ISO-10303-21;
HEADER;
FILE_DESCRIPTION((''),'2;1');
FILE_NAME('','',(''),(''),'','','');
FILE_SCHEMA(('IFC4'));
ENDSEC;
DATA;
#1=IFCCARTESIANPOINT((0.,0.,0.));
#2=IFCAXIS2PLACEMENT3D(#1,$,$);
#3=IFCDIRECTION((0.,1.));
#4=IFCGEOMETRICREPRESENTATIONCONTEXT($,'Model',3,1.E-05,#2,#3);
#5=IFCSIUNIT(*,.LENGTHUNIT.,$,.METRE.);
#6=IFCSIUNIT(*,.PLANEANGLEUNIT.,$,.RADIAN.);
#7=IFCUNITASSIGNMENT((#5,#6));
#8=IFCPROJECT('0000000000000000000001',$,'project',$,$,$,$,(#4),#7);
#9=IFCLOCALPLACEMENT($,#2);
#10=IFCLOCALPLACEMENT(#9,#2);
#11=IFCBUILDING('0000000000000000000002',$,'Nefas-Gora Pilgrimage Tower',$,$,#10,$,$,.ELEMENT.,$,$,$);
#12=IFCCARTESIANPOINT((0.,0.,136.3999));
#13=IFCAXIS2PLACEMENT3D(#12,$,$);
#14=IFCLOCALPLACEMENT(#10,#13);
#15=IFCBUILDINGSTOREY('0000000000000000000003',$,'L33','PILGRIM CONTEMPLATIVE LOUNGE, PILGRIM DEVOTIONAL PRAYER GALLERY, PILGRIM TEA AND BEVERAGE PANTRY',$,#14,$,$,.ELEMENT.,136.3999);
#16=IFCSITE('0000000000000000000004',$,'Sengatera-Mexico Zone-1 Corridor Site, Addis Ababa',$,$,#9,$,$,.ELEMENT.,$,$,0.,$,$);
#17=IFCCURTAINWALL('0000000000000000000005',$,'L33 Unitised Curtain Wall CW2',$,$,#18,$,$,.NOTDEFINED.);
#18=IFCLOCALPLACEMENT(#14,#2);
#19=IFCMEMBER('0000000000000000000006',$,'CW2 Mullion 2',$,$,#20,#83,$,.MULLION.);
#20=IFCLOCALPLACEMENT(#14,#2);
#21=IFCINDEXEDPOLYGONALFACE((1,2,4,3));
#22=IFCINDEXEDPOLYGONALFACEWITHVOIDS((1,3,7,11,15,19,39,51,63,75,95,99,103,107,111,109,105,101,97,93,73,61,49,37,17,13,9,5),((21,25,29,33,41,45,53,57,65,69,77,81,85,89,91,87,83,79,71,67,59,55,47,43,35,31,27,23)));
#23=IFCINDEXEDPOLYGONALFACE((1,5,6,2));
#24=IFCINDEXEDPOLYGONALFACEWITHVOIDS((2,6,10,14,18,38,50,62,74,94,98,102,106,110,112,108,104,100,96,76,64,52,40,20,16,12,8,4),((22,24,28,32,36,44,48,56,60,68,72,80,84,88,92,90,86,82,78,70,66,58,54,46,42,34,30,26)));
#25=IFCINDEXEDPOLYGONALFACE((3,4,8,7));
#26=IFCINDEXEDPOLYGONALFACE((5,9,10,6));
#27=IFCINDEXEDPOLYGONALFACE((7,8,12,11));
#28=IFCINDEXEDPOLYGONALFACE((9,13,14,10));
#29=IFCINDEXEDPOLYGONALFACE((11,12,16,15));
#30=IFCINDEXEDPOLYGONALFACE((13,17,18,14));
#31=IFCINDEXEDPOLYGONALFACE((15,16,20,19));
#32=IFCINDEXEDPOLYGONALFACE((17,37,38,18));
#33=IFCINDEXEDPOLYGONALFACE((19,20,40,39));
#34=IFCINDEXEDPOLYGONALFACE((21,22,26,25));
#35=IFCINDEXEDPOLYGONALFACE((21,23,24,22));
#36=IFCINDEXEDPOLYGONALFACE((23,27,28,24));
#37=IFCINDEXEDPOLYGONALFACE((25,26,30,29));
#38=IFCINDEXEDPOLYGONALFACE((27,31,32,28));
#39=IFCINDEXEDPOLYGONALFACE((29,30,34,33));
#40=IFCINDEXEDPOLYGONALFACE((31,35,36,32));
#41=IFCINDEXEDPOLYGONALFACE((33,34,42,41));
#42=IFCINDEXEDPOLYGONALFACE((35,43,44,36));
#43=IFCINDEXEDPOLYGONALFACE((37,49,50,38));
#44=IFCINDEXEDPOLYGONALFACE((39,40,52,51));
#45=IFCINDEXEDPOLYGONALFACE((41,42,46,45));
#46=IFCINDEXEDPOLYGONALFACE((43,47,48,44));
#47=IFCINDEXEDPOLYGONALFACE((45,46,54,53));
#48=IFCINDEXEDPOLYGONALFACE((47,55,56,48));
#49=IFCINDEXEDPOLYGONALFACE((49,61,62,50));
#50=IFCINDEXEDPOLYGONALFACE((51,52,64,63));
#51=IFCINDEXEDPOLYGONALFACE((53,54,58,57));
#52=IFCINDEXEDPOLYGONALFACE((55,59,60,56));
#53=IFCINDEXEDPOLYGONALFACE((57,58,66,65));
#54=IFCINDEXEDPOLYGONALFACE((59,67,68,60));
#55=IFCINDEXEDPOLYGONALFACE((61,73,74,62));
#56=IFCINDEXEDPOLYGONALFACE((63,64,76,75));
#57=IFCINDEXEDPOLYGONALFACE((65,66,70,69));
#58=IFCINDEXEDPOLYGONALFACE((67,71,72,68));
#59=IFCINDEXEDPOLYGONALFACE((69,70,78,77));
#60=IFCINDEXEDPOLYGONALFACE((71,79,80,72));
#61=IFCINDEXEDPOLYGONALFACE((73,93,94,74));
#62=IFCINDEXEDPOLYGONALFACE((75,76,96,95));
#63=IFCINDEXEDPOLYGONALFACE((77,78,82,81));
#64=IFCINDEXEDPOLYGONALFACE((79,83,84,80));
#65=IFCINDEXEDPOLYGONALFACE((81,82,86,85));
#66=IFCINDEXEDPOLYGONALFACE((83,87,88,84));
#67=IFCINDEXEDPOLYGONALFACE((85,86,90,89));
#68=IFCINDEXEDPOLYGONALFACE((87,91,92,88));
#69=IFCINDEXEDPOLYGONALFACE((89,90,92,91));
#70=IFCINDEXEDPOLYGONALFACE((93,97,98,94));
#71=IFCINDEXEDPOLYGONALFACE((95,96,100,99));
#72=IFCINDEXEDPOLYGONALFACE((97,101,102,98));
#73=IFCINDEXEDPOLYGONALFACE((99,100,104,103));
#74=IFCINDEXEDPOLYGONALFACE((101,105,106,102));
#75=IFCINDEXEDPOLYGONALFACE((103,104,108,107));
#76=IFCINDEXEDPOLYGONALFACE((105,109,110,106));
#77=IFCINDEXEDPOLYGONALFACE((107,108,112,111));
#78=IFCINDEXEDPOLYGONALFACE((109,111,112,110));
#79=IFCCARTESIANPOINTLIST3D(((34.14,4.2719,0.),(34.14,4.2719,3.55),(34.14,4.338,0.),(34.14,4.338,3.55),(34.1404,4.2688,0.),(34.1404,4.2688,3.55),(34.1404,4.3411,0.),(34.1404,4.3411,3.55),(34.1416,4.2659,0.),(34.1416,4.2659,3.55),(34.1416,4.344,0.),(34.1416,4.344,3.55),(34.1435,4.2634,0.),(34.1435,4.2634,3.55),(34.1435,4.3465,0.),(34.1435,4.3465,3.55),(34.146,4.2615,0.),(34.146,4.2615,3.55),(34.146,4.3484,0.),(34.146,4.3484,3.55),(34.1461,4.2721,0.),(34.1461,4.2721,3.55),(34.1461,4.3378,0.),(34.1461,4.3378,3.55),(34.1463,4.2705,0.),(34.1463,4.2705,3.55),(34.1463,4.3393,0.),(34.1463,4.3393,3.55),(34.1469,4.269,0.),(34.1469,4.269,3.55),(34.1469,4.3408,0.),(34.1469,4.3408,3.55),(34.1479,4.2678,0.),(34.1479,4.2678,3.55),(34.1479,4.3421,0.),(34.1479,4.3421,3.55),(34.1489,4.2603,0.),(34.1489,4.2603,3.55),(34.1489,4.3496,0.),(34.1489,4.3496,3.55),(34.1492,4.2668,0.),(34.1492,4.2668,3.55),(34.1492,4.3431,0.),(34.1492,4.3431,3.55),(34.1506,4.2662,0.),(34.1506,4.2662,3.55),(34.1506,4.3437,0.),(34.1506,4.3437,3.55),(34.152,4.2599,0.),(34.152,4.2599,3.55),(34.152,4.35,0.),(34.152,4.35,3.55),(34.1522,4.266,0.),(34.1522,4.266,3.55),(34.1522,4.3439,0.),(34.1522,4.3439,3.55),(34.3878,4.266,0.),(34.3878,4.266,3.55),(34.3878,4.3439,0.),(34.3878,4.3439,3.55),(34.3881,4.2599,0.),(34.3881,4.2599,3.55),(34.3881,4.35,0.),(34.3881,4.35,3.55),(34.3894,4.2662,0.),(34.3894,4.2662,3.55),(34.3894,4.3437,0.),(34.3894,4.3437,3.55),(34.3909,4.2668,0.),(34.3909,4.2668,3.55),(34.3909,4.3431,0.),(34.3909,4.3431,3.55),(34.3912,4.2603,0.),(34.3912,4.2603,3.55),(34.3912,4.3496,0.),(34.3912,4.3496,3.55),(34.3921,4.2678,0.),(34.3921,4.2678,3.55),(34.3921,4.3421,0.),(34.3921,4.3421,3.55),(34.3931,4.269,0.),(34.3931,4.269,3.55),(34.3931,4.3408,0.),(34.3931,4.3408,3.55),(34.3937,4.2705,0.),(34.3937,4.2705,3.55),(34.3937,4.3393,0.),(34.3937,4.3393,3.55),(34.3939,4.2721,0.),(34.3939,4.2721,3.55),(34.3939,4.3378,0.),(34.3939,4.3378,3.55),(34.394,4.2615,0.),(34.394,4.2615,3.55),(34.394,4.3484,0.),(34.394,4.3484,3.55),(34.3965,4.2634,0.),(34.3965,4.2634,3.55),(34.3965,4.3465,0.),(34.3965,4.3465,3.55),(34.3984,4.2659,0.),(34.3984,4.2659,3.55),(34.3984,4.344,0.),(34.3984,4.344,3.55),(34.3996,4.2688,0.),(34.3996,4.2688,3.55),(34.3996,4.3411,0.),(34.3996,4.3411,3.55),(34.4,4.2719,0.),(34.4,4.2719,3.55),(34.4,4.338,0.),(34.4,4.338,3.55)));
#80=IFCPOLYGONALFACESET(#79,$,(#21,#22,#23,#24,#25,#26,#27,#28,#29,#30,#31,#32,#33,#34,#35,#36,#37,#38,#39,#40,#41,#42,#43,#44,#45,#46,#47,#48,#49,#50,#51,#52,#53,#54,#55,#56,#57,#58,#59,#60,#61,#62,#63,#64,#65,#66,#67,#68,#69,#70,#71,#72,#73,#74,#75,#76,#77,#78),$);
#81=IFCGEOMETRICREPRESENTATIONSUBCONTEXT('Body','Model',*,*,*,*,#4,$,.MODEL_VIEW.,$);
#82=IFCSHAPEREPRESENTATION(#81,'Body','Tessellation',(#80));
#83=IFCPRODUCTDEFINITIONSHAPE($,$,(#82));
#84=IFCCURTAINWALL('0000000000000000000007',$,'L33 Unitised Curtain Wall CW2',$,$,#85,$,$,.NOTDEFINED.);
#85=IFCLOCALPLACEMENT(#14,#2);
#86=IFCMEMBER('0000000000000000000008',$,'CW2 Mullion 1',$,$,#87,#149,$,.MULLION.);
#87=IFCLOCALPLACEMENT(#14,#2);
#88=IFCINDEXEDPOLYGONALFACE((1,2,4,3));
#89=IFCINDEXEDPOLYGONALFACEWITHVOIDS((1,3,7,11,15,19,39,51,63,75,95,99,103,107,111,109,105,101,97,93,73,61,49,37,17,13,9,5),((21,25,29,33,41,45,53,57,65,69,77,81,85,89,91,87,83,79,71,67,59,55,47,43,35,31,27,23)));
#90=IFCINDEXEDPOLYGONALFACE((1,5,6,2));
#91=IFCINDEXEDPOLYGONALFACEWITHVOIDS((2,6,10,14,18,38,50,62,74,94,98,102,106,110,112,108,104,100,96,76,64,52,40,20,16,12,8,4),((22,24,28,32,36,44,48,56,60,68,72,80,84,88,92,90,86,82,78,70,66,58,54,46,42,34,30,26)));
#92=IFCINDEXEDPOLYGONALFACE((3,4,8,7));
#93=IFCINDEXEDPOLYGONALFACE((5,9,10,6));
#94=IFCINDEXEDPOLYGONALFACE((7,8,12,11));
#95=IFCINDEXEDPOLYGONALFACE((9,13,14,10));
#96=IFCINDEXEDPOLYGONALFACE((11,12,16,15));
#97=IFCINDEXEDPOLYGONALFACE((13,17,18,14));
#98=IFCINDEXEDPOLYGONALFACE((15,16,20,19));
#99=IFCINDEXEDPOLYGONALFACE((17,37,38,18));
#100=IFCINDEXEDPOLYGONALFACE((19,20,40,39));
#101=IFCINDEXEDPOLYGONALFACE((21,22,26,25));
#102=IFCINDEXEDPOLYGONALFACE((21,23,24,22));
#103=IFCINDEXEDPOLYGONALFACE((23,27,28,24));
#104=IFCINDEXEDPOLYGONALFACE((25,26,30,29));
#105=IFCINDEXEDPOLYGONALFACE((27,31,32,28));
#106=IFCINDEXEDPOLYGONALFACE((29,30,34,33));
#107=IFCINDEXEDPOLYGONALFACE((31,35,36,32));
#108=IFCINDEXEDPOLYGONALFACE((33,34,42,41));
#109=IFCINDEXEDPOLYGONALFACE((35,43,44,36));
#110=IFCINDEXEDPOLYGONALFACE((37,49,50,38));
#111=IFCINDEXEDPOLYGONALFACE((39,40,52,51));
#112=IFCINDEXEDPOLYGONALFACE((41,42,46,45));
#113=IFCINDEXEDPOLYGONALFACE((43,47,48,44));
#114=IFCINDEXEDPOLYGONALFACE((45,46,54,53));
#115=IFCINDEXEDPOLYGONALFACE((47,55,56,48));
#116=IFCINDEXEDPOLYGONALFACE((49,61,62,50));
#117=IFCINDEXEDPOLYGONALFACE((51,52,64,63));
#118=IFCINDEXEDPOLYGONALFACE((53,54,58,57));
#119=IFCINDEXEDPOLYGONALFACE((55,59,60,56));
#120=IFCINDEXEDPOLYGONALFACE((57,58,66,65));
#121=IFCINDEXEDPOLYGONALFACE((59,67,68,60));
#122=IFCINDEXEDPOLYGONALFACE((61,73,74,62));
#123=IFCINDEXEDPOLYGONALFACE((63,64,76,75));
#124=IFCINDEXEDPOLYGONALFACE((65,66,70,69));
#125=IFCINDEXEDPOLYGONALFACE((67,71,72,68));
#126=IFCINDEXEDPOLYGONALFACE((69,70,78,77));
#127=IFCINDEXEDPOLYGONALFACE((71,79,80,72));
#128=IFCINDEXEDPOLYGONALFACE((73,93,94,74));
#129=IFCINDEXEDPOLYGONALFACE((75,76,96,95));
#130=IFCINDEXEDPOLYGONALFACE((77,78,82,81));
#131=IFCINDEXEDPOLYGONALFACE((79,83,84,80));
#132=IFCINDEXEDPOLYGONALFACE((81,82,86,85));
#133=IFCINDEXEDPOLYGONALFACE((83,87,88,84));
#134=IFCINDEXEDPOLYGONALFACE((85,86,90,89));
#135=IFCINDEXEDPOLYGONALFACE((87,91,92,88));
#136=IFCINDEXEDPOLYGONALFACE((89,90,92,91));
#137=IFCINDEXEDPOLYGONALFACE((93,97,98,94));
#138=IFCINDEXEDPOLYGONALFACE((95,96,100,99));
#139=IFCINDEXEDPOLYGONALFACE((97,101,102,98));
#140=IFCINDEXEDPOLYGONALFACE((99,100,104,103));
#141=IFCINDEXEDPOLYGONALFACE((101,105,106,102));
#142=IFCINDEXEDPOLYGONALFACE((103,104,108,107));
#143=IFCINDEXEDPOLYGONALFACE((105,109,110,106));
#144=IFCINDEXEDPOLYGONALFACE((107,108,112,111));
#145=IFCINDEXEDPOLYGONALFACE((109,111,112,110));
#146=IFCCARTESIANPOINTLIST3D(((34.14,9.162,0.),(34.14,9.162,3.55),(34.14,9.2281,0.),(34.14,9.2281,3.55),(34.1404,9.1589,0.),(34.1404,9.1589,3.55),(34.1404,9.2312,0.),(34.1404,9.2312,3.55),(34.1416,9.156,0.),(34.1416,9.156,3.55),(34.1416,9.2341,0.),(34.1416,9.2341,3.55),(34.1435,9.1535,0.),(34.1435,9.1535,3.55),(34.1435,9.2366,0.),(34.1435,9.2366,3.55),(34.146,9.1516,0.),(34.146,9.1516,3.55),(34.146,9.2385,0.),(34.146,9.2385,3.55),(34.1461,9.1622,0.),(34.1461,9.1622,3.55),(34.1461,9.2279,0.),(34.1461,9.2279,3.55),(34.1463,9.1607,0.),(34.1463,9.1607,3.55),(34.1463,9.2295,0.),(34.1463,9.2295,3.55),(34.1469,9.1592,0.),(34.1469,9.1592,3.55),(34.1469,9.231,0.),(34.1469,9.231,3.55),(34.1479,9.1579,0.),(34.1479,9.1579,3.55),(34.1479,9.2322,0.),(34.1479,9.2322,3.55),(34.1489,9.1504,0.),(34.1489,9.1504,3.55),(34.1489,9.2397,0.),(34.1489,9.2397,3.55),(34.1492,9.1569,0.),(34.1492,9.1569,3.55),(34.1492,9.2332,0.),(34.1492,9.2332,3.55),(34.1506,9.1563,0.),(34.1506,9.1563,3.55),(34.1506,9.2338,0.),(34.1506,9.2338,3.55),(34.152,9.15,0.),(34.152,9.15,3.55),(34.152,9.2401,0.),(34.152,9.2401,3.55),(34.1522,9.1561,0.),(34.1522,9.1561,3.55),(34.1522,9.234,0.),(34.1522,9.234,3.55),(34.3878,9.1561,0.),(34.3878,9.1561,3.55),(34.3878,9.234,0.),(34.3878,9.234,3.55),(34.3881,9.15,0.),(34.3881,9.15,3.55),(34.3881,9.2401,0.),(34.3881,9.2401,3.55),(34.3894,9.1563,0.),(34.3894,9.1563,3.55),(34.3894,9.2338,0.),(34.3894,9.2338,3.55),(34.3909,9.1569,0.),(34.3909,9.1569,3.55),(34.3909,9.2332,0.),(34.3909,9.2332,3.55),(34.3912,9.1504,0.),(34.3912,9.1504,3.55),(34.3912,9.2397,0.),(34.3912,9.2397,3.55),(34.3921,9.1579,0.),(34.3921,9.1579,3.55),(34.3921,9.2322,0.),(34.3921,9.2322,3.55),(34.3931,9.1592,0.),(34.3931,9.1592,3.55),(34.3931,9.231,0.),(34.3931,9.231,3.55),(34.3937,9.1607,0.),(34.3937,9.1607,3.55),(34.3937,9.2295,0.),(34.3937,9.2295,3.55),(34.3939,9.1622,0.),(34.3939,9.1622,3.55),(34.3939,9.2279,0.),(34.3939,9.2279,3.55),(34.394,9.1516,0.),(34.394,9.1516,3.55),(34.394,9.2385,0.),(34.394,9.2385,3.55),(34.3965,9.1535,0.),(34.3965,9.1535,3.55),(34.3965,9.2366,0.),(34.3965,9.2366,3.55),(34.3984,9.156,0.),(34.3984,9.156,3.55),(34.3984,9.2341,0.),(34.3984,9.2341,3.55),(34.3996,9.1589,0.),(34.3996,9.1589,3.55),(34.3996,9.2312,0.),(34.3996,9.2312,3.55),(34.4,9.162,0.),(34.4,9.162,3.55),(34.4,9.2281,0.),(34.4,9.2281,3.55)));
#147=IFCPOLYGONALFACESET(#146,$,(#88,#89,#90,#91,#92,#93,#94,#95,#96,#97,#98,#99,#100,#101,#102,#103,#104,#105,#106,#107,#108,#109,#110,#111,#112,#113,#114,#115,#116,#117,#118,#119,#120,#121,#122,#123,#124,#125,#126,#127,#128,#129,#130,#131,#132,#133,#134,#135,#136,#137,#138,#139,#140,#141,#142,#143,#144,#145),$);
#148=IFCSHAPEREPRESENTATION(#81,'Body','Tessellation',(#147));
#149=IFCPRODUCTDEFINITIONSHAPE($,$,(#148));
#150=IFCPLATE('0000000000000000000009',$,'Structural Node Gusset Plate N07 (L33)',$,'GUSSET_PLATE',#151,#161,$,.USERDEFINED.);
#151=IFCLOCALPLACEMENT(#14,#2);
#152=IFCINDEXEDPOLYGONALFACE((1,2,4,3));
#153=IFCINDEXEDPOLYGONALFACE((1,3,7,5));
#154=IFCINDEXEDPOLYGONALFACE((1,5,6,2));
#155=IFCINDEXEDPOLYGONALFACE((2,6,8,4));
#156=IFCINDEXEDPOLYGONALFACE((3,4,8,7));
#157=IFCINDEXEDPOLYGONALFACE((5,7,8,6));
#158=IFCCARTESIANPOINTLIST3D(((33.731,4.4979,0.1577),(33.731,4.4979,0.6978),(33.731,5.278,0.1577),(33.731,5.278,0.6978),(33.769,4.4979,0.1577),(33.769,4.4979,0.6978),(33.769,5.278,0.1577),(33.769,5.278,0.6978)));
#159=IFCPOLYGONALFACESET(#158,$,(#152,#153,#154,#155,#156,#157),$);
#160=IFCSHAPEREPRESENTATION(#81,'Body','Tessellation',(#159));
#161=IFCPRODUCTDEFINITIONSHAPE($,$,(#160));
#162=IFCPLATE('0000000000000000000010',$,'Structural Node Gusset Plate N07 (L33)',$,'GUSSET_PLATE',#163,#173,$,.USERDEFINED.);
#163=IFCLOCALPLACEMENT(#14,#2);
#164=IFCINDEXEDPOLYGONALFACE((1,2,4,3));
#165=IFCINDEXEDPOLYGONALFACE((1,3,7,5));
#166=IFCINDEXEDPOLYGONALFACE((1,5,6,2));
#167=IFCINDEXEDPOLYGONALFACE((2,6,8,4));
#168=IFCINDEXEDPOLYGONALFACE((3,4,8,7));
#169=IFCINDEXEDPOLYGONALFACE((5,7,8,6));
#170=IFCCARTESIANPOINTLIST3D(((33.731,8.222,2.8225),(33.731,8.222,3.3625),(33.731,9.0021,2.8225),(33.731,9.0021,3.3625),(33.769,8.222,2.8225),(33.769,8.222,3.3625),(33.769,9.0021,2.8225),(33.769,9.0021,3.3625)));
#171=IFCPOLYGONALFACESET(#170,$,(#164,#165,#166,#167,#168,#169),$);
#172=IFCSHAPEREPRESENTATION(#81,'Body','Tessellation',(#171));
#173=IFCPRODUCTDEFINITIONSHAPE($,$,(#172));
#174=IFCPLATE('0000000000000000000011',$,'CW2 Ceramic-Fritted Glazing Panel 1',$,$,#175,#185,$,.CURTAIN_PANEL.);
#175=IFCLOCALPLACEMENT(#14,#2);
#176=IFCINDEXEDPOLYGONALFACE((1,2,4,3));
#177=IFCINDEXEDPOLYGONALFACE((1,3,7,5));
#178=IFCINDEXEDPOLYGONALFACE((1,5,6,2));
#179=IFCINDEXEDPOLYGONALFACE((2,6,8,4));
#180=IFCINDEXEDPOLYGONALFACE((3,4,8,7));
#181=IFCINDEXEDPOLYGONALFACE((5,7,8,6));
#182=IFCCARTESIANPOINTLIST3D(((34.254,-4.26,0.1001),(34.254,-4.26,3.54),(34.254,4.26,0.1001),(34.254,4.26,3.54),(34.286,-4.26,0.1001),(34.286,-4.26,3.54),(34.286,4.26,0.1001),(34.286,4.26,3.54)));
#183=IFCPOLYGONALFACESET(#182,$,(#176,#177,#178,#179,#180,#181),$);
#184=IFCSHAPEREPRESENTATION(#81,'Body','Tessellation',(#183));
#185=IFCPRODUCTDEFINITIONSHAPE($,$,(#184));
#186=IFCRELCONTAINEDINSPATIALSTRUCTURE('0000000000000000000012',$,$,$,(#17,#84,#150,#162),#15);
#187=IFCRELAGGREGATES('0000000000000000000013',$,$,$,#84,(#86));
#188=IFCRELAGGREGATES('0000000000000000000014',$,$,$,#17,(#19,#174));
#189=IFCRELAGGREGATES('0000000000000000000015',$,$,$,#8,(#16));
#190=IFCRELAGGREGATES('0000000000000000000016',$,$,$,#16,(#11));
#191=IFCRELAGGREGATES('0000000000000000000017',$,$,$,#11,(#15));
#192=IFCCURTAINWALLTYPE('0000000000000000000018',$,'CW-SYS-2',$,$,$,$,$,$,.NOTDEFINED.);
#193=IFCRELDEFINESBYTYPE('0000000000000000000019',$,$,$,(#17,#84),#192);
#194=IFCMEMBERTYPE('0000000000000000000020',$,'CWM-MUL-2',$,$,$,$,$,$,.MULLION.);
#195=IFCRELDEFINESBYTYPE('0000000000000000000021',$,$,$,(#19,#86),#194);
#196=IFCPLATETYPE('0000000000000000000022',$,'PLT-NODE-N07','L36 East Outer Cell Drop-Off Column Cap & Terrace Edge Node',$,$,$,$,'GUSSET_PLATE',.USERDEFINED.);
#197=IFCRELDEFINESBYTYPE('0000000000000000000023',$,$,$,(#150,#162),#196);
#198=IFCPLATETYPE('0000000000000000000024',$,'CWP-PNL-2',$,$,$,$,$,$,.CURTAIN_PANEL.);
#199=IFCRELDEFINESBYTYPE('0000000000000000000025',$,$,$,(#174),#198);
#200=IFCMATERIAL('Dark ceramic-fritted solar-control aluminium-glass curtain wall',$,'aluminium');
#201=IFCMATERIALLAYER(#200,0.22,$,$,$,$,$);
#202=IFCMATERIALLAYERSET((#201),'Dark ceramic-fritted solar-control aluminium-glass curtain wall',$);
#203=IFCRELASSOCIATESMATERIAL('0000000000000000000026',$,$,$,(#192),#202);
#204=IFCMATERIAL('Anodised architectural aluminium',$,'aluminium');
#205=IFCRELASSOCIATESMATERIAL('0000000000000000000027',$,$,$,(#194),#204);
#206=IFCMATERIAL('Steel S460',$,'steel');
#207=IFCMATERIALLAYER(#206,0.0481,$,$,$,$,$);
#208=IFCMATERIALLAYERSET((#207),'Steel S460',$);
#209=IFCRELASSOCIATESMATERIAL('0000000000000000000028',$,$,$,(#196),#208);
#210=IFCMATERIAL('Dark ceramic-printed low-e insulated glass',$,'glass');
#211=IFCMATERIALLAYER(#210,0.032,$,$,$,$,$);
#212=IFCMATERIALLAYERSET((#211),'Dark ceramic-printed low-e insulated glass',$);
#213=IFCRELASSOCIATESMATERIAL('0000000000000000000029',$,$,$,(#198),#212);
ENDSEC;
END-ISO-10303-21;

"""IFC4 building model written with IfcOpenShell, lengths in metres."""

from ifc_helpers import new_model, si_unit, direction, frame, origin, origin_2d, place, context, subcontext, project, spatial, rectangle, hollow_rectangle, extrude, source, transform, mapped, material, layer, layer_set, material_profile, profile_set, type_object, element, aggregate, save


model = new_model("IFC4")

# Units and contexts
model_context = context("Model", 3, precision=1e-05, world=origin(), true_north=direction((0.0, 1.0)))
body_context = subcontext(model_context, "Body", "Model", "MODEL_VIEW")
ifc_project = project(units=[si_unit("LENGTHUNIT", "METRE"), si_unit("PLANEANGLEUNIT", "RADIAN")], contexts=[model_context])

# Site, building, storey
site_placement = place(None, origin())
site = spatial("IfcSite", under=ifc_project, at=site_placement, Name="Sengatera-Mexico Zone-1 Corridor Site, Addis Ababa", CompositionType="ELEMENT", RefElevation=0.0)
building_placement = place(site_placement, origin())
building = spatial("IfcBuilding", under=site, at=building_placement, Name="Nefas-Gora Pilgrimage Tower", CompositionType="ELEMENT")
storey_placement = place(building_placement, frame((0.0, 0.0, 136.3999)))
storey = spatial("IfcBuildingStorey", under=building, at=storey_placement, Name="L33", Description="PILGRIM CONTEMPLATIVE LOUNGE, PILGRIM DEVOTIONAL PRAYER GALLERY, PILGRIM TEA AND BEVERAGE PANTRY", CompositionType="ELEMENT", Elevation=136.3999)

# Shared definitions
ifc_material_1 = material(Name="Steel S460", Category="steel")

# Curtain walls, members
ifc_material_2 = material(Name="Dark ceramic-fritted solar-control aluminium-glass curtain wall", Category="aluminium")
ifc_layer_1 = layer(ifc_material_2, 0.22)
ifc_layer_set_1 = layer_set([ifc_layer_1], Name="Dark ceramic-fritted solar-control aluminium-glass curtain wall")
curtain_wall_type = type_object("IfcCurtainWallType", Name="CW-SYS-2", PredefinedType="NOTDEFINED", material=ifc_layer_set_1)
curtain_wall_1_placement = place(storey_placement, origin())
curtain_wall_1 = element("IfcCurtainWall", 1, at=curtain_wall_1_placement, inside=storey, type_object=curtain_wall_type, Name="L33 Unitised Curtain Wall CW2", PredefinedType="NOTDEFINED")
ifc_material_3 = material(Name="Anodised architectural aluminium", Category="aluminium")
ifc_material_profile_1 = material_profile(ifc_material_3, hollow_rectangle(XDim=0.0901, YDim=0.26, WallThickness=0.0061, InnerFilletRadius=0.0061, OuterFilletRadius=0.012, at=origin_2d()), Name="ALU MULLION 90x260")
ifc_profile_set_1 = profile_set([ifc_material_profile_1], Name="Anodised architectural aluminium")
member_type_1 = type_object("IfcMemberType", Name="CWM-MUL-2", PredefinedType="MULLION", material=ifc_profile_set_1)
shared_shape_1 = source(origin(), body_context, "Body", "SweptSolid", [
    extrude(hollow_rectangle(XDim=0.0901, YDim=0.26, WallThickness=0.0061, InnerFilletRadius=0.0061, OuterFilletRadius=0.012, at=origin_2d()), origin(), (0.0, 0.0, 1.0), 3.55),
])
member_1_placement = place(storey_placement, frame((34.27, 4.3049, 0.0), z_axis=(0.0, 0.0, 1.0), x_axis=(0.0, 1.0, 0.0)))
member_1 = element("IfcMember", 2, at=member_1_placement, type_object=member_type_1, Name="CW2 Mullion 2", PredefinedType="MULLION", context=body_context, shape_type="MappedRepresentation", body=[
    mapped(shared_shape_1, transform((0.0, 0.0, 0.0), x_axis=(1.0, 0.0, 0.0), y_axis=(0.0, 1.0, 0.0), z_axis=(0.0, 0.0, 1.0), scale=1.0)),
])
curtain_wall_2_placement = place(storey_placement, origin())
curtain_wall_2 = element("IfcCurtainWall", 3, at=curtain_wall_2_placement, inside=storey, type_object=curtain_wall_type, Name="L33 Unitised Curtain Wall CW2", PredefinedType="NOTDEFINED")
member_2_placement = place(storey_placement, frame((34.27, 9.1951, 0.0), z_axis=(0.0, 0.0, 1.0), x_axis=(0.0, 1.0, 0.0)))
member_2 = element("IfcMember", 4, at=member_2_placement, type_object=member_type_1, Name="CW2 Mullion 1", PredefinedType="MULLION", context=body_context, shape_type="MappedRepresentation", body=[
    mapped(shared_shape_1, transform((0.0, 0.0, 0.0), x_axis=(1.0, 0.0, 0.0), y_axis=(0.0, 1.0, 0.0), z_axis=(0.0, 0.0, 1.0), scale=1.0)),
])
aggregate(curtain_wall_2, [member_2])

# Plates
ifc_layer_2 = layer(ifc_material_1, 0.0481)
ifc_layer_set_2 = layer_set([ifc_layer_2], Name="Steel S460")
plate_type_1 = type_object("IfcPlateType", Name="PLT-NODE-N07", Description="L36 East Outer Cell Drop-Off Column Cap & Terrace Edge Node", ElementType="GUSSET_PLATE", PredefinedType="USERDEFINED", material=ifc_layer_set_2)
shared_shape_2 = source(origin(), body_context, "Body", "SweptSolid", [
    extrude(rectangle(XDim=0.78, YDim=0.0381, at=origin_2d()), origin(), (0.0, 0.0, 1.0), 0.54),
])
for number, where, z_axis, x_axis, name in (
    (5, (33.75, 4.8879, 0.1577), (0.0, 0.0, 1.0), (0.0, 1.0, 0.0), "Structural Node Gusset Plate N07 (L33)"),
    (6, (33.75, 8.6121, 2.8225), (0.0, 0.0, 1.0), (0.0, 1.0, 0.0), "Structural Node Gusset Plate N07 (L33)"),
):
    element("IfcPlate", number, at=place(storey_placement, frame(where, z_axis=z_axis, x_axis=x_axis)), inside=storey, type_object=plate_type_1, Name=name, ObjectType="GUSSET_PLATE", PredefinedType="USERDEFINED", context=body_context, shape_type="MappedRepresentation", body=[
        mapped(shared_shape_2, transform((0.0, 0.0, 0.0), x_axis=(1.0, 0.0, 0.0), y_axis=(0.0, 1.0, 0.0), z_axis=(0.0, 0.0, 1.0), scale=1.0)),
    ])

# Plate
ifc_material_4 = material(Name="Dark ceramic-printed low-e insulated glass", Category="glass")
ifc_layer_3 = layer(ifc_material_4, 0.032)
ifc_layer_set_3 = layer_set([ifc_layer_3], Name="Dark ceramic-printed low-e insulated glass")
plate_type_2 = type_object("IfcPlateType", Name="CWP-PNL-2", PredefinedType="CURTAIN_PANEL", material=ifc_layer_set_3)
shared_shape_3 = source(origin(), body_context, "Body", "SweptSolid", [
    extrude(rectangle(XDim=8.52, YDim=0.032, at=origin_2d()), origin(), (0.0, 0.0, 1.0), 3.4399),
])
plate_placement = place(storey_placement, frame((34.27, 0.0, 0.1001), z_axis=(0.0, 0.0, 1.0), x_axis=(0.0, 1.0, 0.0)))
plate = element("IfcPlate", 7, at=plate_placement, type_object=plate_type_2, Name="CW2 Ceramic-Fritted Glazing Panel 1", PredefinedType="CURTAIN_PANEL", context=body_context, shape_type="MappedRepresentation", body=[
    mapped(shared_shape_3, transform((0.0, 0.0, 0.0), x_axis=(1.0, 0.0, 0.0), y_axis=(0.0, 1.0, 0.0), z_axis=(0.0, 0.0, 1.0), scale=1.0)),
])
aggregate(curtain_wall_1, [member_1, plate])

save(model, "model.ifc")
